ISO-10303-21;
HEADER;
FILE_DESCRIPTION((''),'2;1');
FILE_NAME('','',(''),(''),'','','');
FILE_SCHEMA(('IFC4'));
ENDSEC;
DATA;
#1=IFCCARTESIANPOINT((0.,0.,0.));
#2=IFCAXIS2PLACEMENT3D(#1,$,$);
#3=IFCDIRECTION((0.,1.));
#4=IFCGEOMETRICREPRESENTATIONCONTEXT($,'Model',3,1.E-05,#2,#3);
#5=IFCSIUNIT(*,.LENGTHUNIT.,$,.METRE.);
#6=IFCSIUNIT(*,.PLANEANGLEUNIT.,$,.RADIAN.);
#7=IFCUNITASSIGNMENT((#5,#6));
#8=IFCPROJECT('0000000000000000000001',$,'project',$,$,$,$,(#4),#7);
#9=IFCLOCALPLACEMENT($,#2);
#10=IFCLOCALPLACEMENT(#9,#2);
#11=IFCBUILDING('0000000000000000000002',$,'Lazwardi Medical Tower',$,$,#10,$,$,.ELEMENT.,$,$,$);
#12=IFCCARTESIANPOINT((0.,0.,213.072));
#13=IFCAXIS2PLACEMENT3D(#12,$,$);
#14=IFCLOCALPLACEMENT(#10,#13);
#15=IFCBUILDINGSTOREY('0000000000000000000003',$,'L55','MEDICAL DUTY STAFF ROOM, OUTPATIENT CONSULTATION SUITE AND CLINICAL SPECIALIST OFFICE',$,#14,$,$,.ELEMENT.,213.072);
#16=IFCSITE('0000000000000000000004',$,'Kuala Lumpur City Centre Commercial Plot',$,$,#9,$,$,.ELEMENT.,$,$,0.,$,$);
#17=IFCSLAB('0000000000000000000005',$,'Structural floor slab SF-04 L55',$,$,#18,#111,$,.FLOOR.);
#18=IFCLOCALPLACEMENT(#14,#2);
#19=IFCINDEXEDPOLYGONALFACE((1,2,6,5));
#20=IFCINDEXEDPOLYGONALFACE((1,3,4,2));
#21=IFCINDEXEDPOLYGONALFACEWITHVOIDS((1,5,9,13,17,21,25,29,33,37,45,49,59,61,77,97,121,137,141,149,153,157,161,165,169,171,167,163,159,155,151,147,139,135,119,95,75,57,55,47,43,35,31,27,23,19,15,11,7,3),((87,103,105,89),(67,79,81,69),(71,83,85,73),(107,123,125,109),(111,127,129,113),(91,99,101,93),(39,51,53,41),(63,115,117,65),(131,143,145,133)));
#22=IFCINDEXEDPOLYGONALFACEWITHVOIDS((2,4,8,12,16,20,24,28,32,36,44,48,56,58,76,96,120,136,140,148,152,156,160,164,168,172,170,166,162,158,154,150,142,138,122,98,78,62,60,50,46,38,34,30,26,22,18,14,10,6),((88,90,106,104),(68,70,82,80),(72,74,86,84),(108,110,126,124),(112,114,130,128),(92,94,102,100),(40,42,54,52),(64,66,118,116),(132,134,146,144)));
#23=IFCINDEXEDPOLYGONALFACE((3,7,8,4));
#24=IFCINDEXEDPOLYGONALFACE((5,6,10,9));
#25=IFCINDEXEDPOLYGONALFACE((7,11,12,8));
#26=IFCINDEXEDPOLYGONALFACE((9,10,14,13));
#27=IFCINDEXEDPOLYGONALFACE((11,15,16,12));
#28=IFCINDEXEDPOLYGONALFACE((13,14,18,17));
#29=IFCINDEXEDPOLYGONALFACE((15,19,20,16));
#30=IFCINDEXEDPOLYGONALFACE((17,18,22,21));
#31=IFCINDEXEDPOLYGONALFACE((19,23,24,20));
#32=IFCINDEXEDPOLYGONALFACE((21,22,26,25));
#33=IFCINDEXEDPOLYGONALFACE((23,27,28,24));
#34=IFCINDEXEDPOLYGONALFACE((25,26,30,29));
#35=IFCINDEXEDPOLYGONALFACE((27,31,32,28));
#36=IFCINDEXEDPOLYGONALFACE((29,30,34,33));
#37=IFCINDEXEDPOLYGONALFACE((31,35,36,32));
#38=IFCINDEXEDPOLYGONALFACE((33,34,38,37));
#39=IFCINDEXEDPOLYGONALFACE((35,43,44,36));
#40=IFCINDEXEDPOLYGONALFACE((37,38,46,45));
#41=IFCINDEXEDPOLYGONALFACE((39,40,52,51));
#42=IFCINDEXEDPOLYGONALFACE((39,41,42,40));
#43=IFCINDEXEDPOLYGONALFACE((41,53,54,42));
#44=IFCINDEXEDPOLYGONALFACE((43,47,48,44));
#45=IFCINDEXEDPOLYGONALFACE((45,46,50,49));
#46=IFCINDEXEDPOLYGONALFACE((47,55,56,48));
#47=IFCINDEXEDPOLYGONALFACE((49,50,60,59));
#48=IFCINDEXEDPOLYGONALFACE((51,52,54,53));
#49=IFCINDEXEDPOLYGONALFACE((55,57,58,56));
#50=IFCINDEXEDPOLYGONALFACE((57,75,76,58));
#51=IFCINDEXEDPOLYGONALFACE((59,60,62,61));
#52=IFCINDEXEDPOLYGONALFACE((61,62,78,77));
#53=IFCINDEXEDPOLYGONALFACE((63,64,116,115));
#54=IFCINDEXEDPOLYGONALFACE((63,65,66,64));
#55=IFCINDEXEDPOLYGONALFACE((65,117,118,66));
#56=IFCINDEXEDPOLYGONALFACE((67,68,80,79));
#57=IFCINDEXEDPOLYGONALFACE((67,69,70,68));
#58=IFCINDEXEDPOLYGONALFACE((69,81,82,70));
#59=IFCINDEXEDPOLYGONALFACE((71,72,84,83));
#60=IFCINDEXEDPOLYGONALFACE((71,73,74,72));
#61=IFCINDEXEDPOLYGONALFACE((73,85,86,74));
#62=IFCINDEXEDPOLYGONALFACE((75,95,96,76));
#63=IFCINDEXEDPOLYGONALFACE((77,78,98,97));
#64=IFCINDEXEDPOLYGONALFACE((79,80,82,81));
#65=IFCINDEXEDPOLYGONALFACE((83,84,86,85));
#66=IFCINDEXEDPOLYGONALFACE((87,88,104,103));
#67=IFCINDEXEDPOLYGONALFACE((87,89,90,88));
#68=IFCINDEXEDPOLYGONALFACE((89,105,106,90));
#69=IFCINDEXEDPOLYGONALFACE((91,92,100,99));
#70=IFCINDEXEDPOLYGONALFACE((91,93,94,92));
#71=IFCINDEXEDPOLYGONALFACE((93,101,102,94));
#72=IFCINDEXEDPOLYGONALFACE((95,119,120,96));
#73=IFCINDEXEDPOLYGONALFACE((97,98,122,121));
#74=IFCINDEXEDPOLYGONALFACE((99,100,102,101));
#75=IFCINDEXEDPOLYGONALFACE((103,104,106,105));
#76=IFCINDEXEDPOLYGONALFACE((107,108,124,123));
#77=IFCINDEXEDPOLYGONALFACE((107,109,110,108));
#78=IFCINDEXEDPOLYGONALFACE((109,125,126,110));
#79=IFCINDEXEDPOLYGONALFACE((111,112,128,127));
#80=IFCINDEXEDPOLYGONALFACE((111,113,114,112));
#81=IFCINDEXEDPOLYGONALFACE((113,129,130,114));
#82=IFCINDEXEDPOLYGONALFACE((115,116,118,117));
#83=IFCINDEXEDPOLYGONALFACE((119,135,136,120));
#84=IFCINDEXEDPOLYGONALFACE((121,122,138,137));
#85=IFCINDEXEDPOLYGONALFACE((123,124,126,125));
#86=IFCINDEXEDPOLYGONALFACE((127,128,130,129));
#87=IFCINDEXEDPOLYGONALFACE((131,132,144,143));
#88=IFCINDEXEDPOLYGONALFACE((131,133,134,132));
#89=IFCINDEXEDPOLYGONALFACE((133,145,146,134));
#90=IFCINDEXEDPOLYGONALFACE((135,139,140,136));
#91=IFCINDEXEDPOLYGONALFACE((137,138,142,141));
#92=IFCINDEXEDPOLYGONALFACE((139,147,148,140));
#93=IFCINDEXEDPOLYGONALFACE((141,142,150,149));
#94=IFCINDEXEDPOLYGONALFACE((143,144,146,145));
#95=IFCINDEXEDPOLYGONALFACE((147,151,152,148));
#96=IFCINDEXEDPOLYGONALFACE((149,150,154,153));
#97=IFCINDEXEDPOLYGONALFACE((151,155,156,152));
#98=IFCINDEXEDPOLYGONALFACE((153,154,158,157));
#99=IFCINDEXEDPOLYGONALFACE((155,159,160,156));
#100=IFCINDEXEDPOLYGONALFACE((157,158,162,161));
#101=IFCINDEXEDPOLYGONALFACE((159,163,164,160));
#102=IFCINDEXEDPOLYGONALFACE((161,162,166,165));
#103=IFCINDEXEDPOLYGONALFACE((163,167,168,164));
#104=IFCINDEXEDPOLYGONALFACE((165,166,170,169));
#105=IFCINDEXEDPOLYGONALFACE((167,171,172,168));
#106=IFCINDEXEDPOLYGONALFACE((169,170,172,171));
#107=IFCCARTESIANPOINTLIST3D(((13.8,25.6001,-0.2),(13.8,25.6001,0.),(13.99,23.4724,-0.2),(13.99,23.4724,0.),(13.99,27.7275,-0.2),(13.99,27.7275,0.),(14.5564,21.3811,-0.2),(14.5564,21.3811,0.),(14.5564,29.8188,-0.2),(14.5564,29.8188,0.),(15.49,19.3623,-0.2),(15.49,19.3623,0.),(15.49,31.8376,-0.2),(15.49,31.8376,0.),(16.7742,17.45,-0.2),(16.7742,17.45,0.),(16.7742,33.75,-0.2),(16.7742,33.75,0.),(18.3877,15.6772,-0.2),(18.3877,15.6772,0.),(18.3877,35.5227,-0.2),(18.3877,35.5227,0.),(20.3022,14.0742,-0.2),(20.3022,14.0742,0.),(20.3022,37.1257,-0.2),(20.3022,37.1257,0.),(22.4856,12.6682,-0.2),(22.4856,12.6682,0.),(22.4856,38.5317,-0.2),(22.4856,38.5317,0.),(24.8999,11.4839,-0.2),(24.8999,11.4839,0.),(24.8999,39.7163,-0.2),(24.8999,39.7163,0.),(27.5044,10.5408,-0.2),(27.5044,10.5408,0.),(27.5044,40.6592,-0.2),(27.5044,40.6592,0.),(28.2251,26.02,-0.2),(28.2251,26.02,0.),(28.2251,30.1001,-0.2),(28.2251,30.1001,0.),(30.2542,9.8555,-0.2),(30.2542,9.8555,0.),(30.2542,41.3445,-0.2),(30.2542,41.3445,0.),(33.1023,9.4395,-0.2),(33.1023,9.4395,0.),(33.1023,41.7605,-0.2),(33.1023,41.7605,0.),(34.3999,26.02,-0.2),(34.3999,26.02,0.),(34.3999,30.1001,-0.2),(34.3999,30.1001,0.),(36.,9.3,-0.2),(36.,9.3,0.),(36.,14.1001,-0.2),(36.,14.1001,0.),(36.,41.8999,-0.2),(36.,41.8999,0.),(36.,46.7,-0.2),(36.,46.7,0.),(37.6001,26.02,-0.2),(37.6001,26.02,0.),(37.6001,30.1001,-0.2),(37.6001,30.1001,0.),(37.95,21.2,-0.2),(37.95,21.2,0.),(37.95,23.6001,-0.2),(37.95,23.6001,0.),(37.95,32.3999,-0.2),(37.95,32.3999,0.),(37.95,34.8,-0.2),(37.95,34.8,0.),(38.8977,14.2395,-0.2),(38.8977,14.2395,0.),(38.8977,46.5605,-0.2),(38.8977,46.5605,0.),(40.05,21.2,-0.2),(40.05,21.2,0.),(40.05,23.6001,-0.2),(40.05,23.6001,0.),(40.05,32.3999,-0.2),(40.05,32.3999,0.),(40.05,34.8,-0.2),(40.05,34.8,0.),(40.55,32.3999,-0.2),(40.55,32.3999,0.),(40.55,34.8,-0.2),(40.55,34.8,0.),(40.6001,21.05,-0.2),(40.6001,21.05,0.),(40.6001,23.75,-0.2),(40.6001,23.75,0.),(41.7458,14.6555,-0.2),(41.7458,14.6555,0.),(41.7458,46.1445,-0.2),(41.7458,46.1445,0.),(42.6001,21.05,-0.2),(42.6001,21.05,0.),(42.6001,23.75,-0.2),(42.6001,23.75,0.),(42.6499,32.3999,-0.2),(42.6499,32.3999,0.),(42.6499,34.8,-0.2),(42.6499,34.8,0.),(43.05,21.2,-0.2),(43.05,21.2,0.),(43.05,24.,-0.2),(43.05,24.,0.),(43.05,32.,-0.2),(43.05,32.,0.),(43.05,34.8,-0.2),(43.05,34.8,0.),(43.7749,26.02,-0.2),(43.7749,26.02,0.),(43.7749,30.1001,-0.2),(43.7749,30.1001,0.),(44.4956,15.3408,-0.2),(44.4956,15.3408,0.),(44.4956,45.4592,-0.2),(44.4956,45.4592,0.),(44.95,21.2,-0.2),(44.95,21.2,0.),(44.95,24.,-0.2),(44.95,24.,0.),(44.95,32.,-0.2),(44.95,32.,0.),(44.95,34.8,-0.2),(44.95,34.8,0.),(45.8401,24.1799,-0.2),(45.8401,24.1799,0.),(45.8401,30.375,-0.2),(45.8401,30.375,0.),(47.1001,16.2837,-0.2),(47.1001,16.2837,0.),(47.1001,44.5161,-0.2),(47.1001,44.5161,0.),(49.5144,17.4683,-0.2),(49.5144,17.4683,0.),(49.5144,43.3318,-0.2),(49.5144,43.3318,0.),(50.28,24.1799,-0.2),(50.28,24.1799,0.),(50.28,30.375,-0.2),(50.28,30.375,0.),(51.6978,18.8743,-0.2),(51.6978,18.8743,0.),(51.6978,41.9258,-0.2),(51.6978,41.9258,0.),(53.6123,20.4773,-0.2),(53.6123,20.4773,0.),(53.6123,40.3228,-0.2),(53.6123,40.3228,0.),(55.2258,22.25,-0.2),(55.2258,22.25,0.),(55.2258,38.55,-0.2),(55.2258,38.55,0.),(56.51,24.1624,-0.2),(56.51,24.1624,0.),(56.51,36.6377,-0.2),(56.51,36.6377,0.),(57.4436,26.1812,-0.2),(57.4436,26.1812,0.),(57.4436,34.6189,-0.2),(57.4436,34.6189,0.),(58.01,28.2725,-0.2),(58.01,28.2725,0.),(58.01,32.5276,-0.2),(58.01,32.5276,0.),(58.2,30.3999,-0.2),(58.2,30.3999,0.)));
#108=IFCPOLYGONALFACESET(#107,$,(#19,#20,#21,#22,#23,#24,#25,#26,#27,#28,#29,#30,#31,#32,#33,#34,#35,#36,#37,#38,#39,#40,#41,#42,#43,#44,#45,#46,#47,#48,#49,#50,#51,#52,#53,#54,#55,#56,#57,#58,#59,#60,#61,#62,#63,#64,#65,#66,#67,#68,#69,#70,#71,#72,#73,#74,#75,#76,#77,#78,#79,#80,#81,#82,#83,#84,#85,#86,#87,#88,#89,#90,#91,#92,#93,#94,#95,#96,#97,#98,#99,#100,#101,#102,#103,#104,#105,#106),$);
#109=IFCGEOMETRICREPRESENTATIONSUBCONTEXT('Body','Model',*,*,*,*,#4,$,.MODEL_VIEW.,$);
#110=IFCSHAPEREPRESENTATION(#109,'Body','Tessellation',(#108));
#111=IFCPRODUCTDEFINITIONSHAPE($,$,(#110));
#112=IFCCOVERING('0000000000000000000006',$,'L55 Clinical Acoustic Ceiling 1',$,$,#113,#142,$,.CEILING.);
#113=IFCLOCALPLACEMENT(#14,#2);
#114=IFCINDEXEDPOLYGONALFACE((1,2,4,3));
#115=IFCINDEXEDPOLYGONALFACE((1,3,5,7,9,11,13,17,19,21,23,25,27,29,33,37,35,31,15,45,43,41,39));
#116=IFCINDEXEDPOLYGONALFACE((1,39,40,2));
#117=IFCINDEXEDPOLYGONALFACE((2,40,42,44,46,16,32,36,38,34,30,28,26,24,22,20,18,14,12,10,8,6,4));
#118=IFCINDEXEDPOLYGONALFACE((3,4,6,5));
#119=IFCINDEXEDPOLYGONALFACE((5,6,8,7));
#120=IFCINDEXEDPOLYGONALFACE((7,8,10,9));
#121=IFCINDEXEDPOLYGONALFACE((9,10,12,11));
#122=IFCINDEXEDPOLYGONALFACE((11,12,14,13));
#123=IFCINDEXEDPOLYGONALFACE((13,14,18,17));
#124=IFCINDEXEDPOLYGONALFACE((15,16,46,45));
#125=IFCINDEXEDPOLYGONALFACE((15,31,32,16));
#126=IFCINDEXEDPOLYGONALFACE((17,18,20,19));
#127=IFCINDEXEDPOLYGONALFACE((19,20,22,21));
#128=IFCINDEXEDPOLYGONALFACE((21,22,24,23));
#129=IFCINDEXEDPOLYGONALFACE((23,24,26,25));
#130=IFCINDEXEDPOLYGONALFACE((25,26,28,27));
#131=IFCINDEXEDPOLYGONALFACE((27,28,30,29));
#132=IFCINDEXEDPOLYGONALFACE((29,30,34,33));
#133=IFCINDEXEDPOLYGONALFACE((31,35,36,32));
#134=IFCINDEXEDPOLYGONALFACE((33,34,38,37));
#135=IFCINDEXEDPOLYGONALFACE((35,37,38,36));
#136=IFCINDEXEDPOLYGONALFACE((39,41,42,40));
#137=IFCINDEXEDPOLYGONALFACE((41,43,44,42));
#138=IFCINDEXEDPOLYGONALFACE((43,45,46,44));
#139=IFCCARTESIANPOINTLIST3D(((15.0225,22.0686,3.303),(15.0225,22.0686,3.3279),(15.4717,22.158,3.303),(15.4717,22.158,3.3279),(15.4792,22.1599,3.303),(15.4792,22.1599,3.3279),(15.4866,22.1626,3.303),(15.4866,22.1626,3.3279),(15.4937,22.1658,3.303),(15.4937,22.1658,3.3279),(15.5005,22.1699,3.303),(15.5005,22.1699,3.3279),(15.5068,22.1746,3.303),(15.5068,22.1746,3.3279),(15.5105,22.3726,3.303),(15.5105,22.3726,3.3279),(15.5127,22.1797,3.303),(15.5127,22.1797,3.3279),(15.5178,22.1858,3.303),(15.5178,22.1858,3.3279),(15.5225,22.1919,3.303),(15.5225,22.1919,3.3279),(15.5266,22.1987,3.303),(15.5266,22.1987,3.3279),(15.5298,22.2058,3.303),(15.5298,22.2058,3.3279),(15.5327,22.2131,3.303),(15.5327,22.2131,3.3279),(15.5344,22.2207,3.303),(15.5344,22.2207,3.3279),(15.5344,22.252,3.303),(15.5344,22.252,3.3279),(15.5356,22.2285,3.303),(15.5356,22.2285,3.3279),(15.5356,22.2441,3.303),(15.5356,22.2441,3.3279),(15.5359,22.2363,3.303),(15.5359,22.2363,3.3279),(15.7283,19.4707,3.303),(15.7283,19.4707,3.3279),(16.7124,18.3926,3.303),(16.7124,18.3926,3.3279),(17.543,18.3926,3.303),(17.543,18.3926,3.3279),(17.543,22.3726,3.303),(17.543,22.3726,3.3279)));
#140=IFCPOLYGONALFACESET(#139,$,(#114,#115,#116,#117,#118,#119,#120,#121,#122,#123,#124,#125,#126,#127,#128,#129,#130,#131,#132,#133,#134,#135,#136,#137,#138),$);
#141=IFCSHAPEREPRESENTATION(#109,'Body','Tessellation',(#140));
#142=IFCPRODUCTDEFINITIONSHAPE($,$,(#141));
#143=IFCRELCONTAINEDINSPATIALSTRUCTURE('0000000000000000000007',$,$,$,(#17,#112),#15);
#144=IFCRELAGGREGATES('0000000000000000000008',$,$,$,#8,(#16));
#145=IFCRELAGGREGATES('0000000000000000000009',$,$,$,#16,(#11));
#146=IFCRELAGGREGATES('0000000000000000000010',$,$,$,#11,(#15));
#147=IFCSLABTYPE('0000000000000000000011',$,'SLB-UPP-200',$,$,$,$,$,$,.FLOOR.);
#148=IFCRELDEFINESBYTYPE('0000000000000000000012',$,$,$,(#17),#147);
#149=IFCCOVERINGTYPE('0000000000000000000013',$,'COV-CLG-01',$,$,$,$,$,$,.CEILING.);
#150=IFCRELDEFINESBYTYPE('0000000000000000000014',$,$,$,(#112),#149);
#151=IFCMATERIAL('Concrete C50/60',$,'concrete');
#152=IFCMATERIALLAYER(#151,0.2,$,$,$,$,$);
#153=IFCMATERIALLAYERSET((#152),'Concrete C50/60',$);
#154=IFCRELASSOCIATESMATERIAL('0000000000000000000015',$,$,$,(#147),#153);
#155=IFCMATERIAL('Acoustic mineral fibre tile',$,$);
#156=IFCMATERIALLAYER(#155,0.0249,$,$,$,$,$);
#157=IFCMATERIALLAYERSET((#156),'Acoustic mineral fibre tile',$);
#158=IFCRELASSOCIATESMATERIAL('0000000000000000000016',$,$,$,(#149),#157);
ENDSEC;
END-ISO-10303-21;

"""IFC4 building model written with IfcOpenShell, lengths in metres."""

from ifc_helpers import new_model, si_unit, direction, frame, origin, place, context, subcontext, project, spatial, polyline, outline, extrude, material, layer, layer_set, type_object, element, save


model = new_model("IFC4")

# Units and contexts
model_context = context("Model", 3, precision=1e-05, world=origin(), true_north=direction((0.0, 1.0)))
body_context = subcontext(model_context, "Body", "Model", "MODEL_VIEW")
ifc_project = project(units=[si_unit("LENGTHUNIT", "METRE"), si_unit("PLANEANGLEUNIT", "RADIAN")], contexts=[model_context])

# Site, building, storey
site_placement = place(None, origin())
site = spatial("IfcSite", under=ifc_project, at=site_placement, Name="Kuala Lumpur City Centre Commercial Plot", CompositionType="ELEMENT", RefElevation=0.0)
building_placement = place(site_placement, origin())
building = spatial("IfcBuilding", under=site, at=building_placement, Name="Lazwardi Medical Tower", CompositionType="ELEMENT")
storey_placement = place(building_placement, frame((0.0, 0.0, 213.072)))
storey = spatial("IfcBuildingStorey", under=building, at=storey_placement, Name="L55", Description="MEDICAL DUTY STAFF ROOM, OUTPATIENT CONSULTATION SUITE AND CLINICAL SPECIALIST OFFICE", CompositionType="ELEMENT", Elevation=213.072)

# Slab
ifc_material_1 = material(Name="Concrete C50/60", Category="concrete")
ifc_layer_1 = layer(ifc_material_1, 0.2)
ifc_layer_set_1 = layer_set([ifc_layer_1], Name="Concrete C50/60")
slab_type = type_object("IfcSlabType", Name="SLB-UPP-200", PredefinedType="FLOOR", material=ifc_layer_set_1)
slab_placement = place(storey_placement, frame((0.0, 0.0, -0.2)))
element("IfcSlab", 1, at=slab_placement, inside=storey, type_object=slab_type, Name="Structural floor slab SF-04 L55", PredefinedType="FLOOR", context=body_context, shape_type="SweptSolid", body=[
    extrude(outline(polyline([(18.3877, 15.6772), (20.3022, 14.0742), (22.4856, 12.6682), (24.8999, 11.4839), (27.5044, 10.5408), (30.2542, 9.8555), (33.1023, 9.4395), (36.0, 9.3), (36.0, 14.1001), (38.8977, 14.2395), (41.7458, 14.6555), (44.4956, 15.3408), (47.1001, 16.2837), (49.5144, 17.4683), (51.6978, 18.8743), (53.6123, 20.4773), (55.2258, 22.25), (56.51, 24.1624), (57.4436, 26.1812), (58.01, 28.2725), (58.2, 30.3999), (58.01, 32.5276), (57.4436, 34.6189), (56.51, 36.6377), (55.2258, 38.55), (53.6123, 40.3228), (51.6978, 41.9258), (49.5144, 43.3318), (47.1001, 44.5161), (44.4956, 45.4592), (41.7458, 46.1445), (38.8977, 46.5605), (36.0, 46.7), (36.0, 41.8999), (33.1023, 41.7605), (30.2542, 41.3445), (27.5044, 40.6592), (24.8999, 39.7163), (22.4856, 38.5317), (20.3022, 37.1257), (18.3877, 35.5227), (16.7742, 33.75), (15.49, 31.8376), (14.5564, 29.8188), (13.99, 27.7275), (13.8, 25.6001), (13.99, 23.4724), (14.5564, 21.3811), (15.49, 19.3623), (16.7742, 17.45), (18.3877, 15.6772)]), holes=[polyline([(28.2251, 26.02), (28.2251, 30.1001), (34.3999, 30.1001), (34.3999, 26.02), (28.2251, 26.02)]), polyline([(37.6001, 30.1001), (43.7749, 30.1001), (43.7749, 26.02), (37.6001, 26.02), (37.6001, 30.1001)]), polyline([(50.28, 30.375), (50.28, 24.1799), (45.8401, 24.1799), (45.8401, 30.375), (50.28, 30.375)]), polyline([(40.05, 32.3999), (37.95, 32.3999), (37.95, 34.8), (40.05, 34.8), (40.05, 32.3999)]), polyline([(40.55, 32.3999), (40.55, 34.8), (42.6499, 34.8), (42.6499, 32.3999), (40.55, 32.3999)]), polyline([(37.95, 23.6001), (40.05, 23.6001), (40.05, 21.2), (37.95, 21.2), (37.95, 23.6001)]), polyline([(44.95, 34.8), (44.95, 32.0), (43.05, 32.0), (43.05, 34.8), (44.95, 34.8)]), polyline([(44.95, 21.2), (43.05, 21.2), (43.05, 24.0), (44.95, 24.0), (44.95, 21.2)]), polyline([(40.6001, 21.05), (40.6001, 23.75), (42.6001, 23.75), (42.6001, 21.05), (40.6001, 21.05)])]), origin(), (0.0, 0.0, 1.0), 0.2),
])

# Covering
ifc_material_2 = material(Name="Acoustic mineral fibre tile")
ifc_layer_2 = layer(ifc_material_2, 0.0249)
ifc_layer_set_2 = layer_set([ifc_layer_2], Name="Acoustic mineral fibre tile")
covering_type_1 = type_object("IfcCoveringType", Name="COV-CLG-01", PredefinedType="CEILING", material=ifc_layer_set_2)
covering_1_placement = place(storey_placement, frame((0.0, 0.0, 3.303)))
element("IfcCovering", 2, at=covering_1_placement, inside=storey, type_object=covering_type_1, Name="L55 Clinical Acoustic Ceiling 1", PredefinedType="CEILING", context=body_context, shape_type="SweptSolid", body=[
    extrude(outline(polyline([(15.5105, 22.3726), (15.5344, 22.252), (15.5356, 22.2441), (15.5359, 22.2363), (15.5356, 22.2285), (15.5344, 22.2207), (15.5327, 22.2131), (15.5298, 22.2058), (15.5266, 22.1987), (15.5225, 22.1919), (15.5178, 22.1858), (15.5127, 22.1797), (15.5068, 22.1746), (15.5005, 22.1699), (15.4937, 22.1658), (15.4866, 22.1626), (15.4792, 22.1599), (15.4717, 22.158), (15.0225, 22.0686), (15.7283, 19.4707), (16.7124, 18.3926), (17.543, 18.3926), (17.543, 22.3726), (15.5105, 22.3726)])), origin(), (0.0, 0.0, 1.0), 0.0249),
])

save(model, "model.ifc")
